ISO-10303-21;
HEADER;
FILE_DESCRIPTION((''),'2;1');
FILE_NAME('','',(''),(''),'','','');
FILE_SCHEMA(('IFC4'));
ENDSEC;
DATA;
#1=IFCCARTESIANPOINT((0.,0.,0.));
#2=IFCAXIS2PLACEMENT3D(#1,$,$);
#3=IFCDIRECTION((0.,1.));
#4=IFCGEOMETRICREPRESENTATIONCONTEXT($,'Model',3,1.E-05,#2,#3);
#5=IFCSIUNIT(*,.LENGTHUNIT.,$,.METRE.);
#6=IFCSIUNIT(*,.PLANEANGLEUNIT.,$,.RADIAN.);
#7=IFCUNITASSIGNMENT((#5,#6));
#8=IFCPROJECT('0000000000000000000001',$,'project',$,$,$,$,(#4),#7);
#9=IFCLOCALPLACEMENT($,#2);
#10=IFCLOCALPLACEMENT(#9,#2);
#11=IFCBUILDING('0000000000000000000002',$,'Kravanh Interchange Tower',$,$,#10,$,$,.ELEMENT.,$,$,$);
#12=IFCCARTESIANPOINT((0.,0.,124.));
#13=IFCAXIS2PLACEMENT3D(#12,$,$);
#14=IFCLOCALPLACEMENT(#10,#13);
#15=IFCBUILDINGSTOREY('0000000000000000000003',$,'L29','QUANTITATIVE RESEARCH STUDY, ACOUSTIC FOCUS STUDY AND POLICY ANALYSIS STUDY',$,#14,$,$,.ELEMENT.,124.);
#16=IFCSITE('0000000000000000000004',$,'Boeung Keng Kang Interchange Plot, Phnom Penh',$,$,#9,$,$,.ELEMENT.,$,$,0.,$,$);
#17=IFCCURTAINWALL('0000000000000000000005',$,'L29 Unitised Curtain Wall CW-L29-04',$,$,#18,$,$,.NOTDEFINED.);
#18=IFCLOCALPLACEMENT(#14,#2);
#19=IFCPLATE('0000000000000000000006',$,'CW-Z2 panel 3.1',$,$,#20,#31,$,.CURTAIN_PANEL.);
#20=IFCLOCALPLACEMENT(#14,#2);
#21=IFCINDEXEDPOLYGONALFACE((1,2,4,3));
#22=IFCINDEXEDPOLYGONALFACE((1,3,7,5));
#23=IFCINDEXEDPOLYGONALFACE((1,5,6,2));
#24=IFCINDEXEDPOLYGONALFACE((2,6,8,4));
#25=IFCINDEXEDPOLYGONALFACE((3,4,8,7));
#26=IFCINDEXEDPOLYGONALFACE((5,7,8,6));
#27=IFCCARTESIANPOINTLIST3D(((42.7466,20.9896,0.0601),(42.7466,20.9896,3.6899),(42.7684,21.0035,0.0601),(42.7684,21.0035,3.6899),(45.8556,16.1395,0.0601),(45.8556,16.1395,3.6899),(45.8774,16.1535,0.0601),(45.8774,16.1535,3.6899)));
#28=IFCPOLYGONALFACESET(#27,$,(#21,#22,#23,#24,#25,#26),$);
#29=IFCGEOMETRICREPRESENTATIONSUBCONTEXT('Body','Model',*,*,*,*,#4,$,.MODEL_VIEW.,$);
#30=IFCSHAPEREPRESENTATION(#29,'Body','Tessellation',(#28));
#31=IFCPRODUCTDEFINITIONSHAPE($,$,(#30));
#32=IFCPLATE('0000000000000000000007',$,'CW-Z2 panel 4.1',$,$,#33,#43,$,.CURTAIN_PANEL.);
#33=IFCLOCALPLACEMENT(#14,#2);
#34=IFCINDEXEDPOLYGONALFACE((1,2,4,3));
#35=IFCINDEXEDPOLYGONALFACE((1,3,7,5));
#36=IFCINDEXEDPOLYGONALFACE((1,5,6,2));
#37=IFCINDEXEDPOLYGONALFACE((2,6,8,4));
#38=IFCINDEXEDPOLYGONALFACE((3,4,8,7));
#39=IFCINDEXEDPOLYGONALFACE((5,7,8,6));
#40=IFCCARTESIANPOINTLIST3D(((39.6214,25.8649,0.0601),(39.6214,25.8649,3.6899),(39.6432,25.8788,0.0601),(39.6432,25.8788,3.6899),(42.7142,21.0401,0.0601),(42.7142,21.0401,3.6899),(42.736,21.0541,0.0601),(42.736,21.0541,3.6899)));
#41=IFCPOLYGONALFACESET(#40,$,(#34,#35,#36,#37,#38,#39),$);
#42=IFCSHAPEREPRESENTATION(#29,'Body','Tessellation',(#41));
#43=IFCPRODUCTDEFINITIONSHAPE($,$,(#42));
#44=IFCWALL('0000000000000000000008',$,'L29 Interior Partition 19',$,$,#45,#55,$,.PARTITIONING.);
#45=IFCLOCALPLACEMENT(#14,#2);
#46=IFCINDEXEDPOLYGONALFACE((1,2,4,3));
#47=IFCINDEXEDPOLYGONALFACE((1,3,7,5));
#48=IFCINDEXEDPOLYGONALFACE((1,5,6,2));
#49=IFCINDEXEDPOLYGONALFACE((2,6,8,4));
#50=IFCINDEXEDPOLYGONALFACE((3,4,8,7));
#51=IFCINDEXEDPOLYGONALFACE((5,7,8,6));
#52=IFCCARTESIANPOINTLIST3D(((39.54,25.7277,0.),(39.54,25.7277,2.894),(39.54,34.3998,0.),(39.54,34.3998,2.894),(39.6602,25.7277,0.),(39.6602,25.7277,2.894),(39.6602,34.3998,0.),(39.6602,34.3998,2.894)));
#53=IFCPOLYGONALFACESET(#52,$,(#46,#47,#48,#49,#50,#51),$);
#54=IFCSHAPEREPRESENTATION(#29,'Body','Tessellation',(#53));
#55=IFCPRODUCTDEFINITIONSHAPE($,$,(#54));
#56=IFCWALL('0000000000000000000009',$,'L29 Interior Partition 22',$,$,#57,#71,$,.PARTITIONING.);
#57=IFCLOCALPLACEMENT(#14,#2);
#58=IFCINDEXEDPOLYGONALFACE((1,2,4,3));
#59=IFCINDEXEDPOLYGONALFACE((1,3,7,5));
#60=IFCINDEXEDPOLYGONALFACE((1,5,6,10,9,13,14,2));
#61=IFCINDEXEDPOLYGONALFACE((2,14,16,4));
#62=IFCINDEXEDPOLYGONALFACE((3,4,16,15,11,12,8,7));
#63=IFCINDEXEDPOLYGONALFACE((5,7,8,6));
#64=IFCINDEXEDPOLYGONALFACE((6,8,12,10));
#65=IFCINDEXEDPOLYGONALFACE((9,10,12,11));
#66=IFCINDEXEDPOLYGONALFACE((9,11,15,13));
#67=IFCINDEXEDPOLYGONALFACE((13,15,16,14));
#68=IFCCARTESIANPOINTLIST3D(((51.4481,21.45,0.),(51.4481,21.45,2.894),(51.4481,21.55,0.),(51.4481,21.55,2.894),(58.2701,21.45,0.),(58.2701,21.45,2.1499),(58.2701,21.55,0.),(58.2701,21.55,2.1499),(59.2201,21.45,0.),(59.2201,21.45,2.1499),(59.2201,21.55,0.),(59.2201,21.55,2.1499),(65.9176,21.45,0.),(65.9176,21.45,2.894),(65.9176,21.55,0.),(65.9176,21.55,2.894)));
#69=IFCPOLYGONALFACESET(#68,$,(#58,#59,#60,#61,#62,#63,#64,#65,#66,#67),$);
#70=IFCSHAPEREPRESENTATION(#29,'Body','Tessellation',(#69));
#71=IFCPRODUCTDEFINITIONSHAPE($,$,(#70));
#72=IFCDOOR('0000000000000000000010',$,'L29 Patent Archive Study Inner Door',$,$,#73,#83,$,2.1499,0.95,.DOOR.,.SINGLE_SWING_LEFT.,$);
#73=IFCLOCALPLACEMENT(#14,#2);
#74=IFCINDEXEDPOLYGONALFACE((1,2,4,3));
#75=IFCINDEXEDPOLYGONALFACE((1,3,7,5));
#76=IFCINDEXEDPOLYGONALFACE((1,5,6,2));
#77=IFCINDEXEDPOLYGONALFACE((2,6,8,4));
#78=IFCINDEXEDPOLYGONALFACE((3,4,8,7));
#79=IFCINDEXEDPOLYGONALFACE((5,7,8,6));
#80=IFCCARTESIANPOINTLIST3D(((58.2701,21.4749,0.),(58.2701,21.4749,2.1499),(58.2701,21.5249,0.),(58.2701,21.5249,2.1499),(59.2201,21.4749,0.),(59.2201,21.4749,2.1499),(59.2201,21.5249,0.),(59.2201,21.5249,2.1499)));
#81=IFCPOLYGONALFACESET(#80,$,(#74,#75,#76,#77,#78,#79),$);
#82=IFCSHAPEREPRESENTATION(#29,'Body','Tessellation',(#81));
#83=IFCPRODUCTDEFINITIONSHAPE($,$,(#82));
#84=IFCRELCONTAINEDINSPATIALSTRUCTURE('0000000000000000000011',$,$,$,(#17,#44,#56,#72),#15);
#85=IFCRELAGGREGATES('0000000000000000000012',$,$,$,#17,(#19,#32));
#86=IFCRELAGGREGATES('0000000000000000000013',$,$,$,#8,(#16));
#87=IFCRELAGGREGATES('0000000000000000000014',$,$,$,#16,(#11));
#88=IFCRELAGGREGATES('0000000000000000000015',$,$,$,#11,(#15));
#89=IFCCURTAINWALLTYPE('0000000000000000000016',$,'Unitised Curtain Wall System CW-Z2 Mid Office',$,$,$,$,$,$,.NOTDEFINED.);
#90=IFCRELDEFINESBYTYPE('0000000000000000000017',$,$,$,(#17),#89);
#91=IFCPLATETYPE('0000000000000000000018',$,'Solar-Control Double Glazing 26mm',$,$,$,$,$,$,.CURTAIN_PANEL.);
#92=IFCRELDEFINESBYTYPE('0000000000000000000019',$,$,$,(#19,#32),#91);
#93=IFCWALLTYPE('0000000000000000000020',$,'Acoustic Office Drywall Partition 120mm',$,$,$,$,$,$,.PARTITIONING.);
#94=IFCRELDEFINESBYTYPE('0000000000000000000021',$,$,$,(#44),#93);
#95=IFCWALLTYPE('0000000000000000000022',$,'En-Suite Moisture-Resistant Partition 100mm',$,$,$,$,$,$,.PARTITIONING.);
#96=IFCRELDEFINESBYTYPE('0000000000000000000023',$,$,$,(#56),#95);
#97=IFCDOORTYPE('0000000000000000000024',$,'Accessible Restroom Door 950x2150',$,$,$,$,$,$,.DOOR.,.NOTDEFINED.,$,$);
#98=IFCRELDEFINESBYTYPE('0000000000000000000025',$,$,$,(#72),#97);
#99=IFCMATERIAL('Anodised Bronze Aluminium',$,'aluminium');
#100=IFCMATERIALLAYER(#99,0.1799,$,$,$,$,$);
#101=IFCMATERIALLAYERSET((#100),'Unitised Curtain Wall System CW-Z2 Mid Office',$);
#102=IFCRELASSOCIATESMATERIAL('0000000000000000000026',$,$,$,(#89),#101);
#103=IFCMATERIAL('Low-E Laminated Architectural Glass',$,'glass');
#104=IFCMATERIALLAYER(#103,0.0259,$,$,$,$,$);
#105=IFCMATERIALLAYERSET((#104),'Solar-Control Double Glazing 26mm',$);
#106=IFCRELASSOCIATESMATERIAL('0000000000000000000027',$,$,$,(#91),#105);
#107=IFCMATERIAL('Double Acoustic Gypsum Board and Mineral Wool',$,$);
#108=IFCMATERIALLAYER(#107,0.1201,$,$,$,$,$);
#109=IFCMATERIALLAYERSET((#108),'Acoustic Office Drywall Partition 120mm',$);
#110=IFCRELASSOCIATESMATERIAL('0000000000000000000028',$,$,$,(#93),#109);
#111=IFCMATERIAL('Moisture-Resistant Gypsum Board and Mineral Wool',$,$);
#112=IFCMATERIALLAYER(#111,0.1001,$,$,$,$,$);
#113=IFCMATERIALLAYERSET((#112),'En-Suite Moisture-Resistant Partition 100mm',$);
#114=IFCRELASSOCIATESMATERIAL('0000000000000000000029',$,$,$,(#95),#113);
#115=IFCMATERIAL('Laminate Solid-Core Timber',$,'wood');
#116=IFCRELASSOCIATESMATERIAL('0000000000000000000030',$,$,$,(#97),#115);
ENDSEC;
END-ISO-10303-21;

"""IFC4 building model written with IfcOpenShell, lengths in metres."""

from ifc_helpers import new_model, si_unit, direction, frame, frame_2d, origin, origin_2d, place, context, subcontext, project, spatial, rectangle, extrude, material, layer, layer_set, type_object, element, fill, aggregate, save


model = new_model("IFC4")

# Units and contexts
model_context = context("Model", 3, precision=1e-05, world=origin(), true_north=direction((0.0, 1.0)))
body_context = subcontext(model_context, "Body", "Model", "MODEL_VIEW")
ifc_project = project(units=[si_unit("LENGTHUNIT", "METRE"), si_unit("PLANEANGLEUNIT", "RADIAN")], contexts=[model_context])

# Site, building, storey
site_placement = place(None, origin())
site = spatial("IfcSite", under=ifc_project, at=site_placement, Name="Boeung Keng Kang Interchange Plot, Phnom Penh", CompositionType="ELEMENT", RefElevation=0.0)
building_placement = place(site_placement, origin())
building = spatial("IfcBuilding", under=site, at=building_placement, Name="Kravanh Interchange Tower", CompositionType="ELEMENT")
storey_placement = place(building_placement, frame((0.0, 0.0, 124.0)))
storey = spatial("IfcBuildingStorey", under=building, at=storey_placement, Name="L29", Description="QUANTITATIVE RESEARCH STUDY, ACOUSTIC FOCUS STUDY AND POLICY ANALYSIS STUDY", CompositionType="ELEMENT", Elevation=124.0)

# Curtain wall
ifc_material_1 = material(Name="Anodised Bronze Aluminium", Category="aluminium")
ifc_layer_1 = layer(ifc_material_1, 0.1799)
ifc_layer_set_1 = layer_set([ifc_layer_1], Name="Unitised Curtain Wall System CW-Z2 Mid Office")
curtain_wall_type = type_object("IfcCurtainWallType", Name="Unitised Curtain Wall System CW-Z2 Mid Office", PredefinedType="NOTDEFINED", material=ifc_layer_set_1)
curtain_wall_1_placement = place(storey_placement, origin())
curtain_wall_1 = element("IfcCurtainWall", 1, at=curtain_wall_1_placement, inside=storey, type_object=curtain_wall_type, Name="L29 Unitised Curtain Wall CW-L29-04", PredefinedType="NOTDEFINED")

# Plates
ifc_material_2 = material(Name="Low-E Laminated Architectural Glass", Category="glass")
ifc_layer_2 = layer(ifc_material_2, 0.0259)
ifc_layer_set_2 = layer_set([ifc_layer_2], Name="Solar-Control Double Glazing 26mm")
plate_type = type_object("IfcPlateType", Name="Solar-Control Double Glazing 26mm", PredefinedType="CURTAIN_PANEL", material=ifc_layer_set_2)
plate_1_placement = place(storey_placement, frame((44.312, 18.5715, 0.0601), z_axis=(0.0, 0.0, 1.0), x_axis=(-0.539665, 0.84188, 0.0)))
plate_1 = element("IfcPlate", 2, at=plate_1_placement, type_object=plate_type, Name="CW-Z2 panel 3.1", PredefinedType="CURTAIN_PANEL", context=body_context, shape_type="SweptSolid", body=[
    extrude(rectangle(XDim=5.761, YDim=0.0259, at=origin_2d()), origin(), (0.0, 0.0, 1.0), 3.6299),
])
plate_2_placement = place(storey_placement, frame((41.1787, 23.4595, 0.0601), z_axis=(0.0, 0.0, 1.0), x_axis=(-0.539665, 0.84188, 0.0)))
plate_2 = element("IfcPlate", 3, at=plate_2_placement, type_object=plate_type, Name="CW-Z2 panel 4.1", PredefinedType="CURTAIN_PANEL", context=body_context, shape_type="SweptSolid", body=[
    extrude(rectangle(XDim=5.731, YDim=0.0259, at=origin_2d()), origin(), (0.0, 0.0, 1.0), 3.6299),
])
aggregate(curtain_wall_1, [plate_1, plate_2])

# Wall
ifc_material_3 = material(Name="Double Acoustic Gypsum Board and Mineral Wool")
ifc_layer_3 = layer(ifc_material_3, 0.1201)
ifc_layer_set_3 = layer_set([ifc_layer_3], Name="Acoustic Office Drywall Partition 120mm")
wall_type_1 = type_object("IfcWallType", Name="Acoustic Office Drywall Partition 120mm", PredefinedType="PARTITIONING", material=ifc_layer_set_3)
wall_1_placement = place(storey_placement, frame((39.6001, 25.7278, 0.0), z_axis=(0.0, 0.0, 1.0), x_axis=(0.0, 1.0, 0.0)))
element("IfcWall", 4, at=wall_1_placement, inside=storey, type_object=wall_type_1, Name="L29 Interior Partition 19", PredefinedType="PARTITIONING", context=body_context, shape_type="SweptSolid", body=[
    extrude(rectangle(XDim=8.6721, YDim=0.1201, at=frame_2d((4.3359, 0.0))), origin(), (0.0, 0.0, 1.0), 2.894),
])

# Wall, opening, door
ifc_material_4 = material(Name="Moisture-Resistant Gypsum Board and Mineral Wool")
ifc_layer_4 = layer(ifc_material_4, 0.1001)
ifc_layer_set_4 = layer_set([ifc_layer_4], Name="En-Suite Moisture-Resistant Partition 100mm")
wall_type_2 = type_object("IfcWallType", Name="En-Suite Moisture-Resistant Partition 100mm", PredefinedType="PARTITIONING", material=ifc_layer_set_4)
wall_2_placement = place(storey_placement, frame((51.448, 21.5, 0.0), z_axis=(0.0, 0.0, 1.0), x_axis=(1.0, 0.0, 0.0)))
wall_2 = element("IfcWall", 5, at=wall_2_placement, inside=storey, type_object=wall_type_2, Name="L29 Interior Partition 22", PredefinedType="PARTITIONING", context=body_context, shape_type="SweptSolid", body=[
    extrude(rectangle(XDim=14.4695, YDim=0.1001, at=frame_2d((7.2349, 0.0))), origin(), (0.0, 0.0, 1.0), 2.894),
])
opening_placement = place(wall_2_placement, frame((6.822, 0.0, 0.0)))
opening = element("IfcOpeningElement", 6, at=opening_placement, cuts=wall_2, PredefinedType="OPENING", context=body_context, shape_type="SweptSolid", body=[
    extrude(rectangle(XDim=0.95, YDim=2.1499, at=frame_2d((0.4751, 1.075))), frame((0.0, 0.0601, 0.0), z_axis=(0.0, -1.0, 0.0), x_axis=(1.0, 0.0, 0.0)), (0.0, 0.0, 1.0), 0.1201),
])
ifc_material_5 = material(Name="Laminate Solid-Core Timber", Category="wood")
door_type = type_object("IfcDoorType", Name="Accessible Restroom Door 950x2150", OperationType="NOTDEFINED", PredefinedType="DOOR", material=ifc_material_5)
door_placement = place(opening_placement, origin())
door = element("IfcDoor", 7, at=door_placement, inside=storey, type_object=door_type, Name="L29 Patent Archive Study Inner Door", OperationType="SINGLE_SWING_LEFT", OverallHeight=2.1499, OverallWidth=0.95, PredefinedType="DOOR", context=body_context, shape_type="SweptSolid", body=[
    extrude(rectangle(XDim=0.95, YDim=2.1499, at=frame_2d((0.4751, 1.075))), frame((0.0, 0.0249, 0.0), z_axis=(0.0, -1.0, 0.0), x_axis=(1.0, 0.0, 0.0)), (0.0, 0.0, 1.0), 0.05),
])
fill(opening, door)

save(model, "model.ifc")
